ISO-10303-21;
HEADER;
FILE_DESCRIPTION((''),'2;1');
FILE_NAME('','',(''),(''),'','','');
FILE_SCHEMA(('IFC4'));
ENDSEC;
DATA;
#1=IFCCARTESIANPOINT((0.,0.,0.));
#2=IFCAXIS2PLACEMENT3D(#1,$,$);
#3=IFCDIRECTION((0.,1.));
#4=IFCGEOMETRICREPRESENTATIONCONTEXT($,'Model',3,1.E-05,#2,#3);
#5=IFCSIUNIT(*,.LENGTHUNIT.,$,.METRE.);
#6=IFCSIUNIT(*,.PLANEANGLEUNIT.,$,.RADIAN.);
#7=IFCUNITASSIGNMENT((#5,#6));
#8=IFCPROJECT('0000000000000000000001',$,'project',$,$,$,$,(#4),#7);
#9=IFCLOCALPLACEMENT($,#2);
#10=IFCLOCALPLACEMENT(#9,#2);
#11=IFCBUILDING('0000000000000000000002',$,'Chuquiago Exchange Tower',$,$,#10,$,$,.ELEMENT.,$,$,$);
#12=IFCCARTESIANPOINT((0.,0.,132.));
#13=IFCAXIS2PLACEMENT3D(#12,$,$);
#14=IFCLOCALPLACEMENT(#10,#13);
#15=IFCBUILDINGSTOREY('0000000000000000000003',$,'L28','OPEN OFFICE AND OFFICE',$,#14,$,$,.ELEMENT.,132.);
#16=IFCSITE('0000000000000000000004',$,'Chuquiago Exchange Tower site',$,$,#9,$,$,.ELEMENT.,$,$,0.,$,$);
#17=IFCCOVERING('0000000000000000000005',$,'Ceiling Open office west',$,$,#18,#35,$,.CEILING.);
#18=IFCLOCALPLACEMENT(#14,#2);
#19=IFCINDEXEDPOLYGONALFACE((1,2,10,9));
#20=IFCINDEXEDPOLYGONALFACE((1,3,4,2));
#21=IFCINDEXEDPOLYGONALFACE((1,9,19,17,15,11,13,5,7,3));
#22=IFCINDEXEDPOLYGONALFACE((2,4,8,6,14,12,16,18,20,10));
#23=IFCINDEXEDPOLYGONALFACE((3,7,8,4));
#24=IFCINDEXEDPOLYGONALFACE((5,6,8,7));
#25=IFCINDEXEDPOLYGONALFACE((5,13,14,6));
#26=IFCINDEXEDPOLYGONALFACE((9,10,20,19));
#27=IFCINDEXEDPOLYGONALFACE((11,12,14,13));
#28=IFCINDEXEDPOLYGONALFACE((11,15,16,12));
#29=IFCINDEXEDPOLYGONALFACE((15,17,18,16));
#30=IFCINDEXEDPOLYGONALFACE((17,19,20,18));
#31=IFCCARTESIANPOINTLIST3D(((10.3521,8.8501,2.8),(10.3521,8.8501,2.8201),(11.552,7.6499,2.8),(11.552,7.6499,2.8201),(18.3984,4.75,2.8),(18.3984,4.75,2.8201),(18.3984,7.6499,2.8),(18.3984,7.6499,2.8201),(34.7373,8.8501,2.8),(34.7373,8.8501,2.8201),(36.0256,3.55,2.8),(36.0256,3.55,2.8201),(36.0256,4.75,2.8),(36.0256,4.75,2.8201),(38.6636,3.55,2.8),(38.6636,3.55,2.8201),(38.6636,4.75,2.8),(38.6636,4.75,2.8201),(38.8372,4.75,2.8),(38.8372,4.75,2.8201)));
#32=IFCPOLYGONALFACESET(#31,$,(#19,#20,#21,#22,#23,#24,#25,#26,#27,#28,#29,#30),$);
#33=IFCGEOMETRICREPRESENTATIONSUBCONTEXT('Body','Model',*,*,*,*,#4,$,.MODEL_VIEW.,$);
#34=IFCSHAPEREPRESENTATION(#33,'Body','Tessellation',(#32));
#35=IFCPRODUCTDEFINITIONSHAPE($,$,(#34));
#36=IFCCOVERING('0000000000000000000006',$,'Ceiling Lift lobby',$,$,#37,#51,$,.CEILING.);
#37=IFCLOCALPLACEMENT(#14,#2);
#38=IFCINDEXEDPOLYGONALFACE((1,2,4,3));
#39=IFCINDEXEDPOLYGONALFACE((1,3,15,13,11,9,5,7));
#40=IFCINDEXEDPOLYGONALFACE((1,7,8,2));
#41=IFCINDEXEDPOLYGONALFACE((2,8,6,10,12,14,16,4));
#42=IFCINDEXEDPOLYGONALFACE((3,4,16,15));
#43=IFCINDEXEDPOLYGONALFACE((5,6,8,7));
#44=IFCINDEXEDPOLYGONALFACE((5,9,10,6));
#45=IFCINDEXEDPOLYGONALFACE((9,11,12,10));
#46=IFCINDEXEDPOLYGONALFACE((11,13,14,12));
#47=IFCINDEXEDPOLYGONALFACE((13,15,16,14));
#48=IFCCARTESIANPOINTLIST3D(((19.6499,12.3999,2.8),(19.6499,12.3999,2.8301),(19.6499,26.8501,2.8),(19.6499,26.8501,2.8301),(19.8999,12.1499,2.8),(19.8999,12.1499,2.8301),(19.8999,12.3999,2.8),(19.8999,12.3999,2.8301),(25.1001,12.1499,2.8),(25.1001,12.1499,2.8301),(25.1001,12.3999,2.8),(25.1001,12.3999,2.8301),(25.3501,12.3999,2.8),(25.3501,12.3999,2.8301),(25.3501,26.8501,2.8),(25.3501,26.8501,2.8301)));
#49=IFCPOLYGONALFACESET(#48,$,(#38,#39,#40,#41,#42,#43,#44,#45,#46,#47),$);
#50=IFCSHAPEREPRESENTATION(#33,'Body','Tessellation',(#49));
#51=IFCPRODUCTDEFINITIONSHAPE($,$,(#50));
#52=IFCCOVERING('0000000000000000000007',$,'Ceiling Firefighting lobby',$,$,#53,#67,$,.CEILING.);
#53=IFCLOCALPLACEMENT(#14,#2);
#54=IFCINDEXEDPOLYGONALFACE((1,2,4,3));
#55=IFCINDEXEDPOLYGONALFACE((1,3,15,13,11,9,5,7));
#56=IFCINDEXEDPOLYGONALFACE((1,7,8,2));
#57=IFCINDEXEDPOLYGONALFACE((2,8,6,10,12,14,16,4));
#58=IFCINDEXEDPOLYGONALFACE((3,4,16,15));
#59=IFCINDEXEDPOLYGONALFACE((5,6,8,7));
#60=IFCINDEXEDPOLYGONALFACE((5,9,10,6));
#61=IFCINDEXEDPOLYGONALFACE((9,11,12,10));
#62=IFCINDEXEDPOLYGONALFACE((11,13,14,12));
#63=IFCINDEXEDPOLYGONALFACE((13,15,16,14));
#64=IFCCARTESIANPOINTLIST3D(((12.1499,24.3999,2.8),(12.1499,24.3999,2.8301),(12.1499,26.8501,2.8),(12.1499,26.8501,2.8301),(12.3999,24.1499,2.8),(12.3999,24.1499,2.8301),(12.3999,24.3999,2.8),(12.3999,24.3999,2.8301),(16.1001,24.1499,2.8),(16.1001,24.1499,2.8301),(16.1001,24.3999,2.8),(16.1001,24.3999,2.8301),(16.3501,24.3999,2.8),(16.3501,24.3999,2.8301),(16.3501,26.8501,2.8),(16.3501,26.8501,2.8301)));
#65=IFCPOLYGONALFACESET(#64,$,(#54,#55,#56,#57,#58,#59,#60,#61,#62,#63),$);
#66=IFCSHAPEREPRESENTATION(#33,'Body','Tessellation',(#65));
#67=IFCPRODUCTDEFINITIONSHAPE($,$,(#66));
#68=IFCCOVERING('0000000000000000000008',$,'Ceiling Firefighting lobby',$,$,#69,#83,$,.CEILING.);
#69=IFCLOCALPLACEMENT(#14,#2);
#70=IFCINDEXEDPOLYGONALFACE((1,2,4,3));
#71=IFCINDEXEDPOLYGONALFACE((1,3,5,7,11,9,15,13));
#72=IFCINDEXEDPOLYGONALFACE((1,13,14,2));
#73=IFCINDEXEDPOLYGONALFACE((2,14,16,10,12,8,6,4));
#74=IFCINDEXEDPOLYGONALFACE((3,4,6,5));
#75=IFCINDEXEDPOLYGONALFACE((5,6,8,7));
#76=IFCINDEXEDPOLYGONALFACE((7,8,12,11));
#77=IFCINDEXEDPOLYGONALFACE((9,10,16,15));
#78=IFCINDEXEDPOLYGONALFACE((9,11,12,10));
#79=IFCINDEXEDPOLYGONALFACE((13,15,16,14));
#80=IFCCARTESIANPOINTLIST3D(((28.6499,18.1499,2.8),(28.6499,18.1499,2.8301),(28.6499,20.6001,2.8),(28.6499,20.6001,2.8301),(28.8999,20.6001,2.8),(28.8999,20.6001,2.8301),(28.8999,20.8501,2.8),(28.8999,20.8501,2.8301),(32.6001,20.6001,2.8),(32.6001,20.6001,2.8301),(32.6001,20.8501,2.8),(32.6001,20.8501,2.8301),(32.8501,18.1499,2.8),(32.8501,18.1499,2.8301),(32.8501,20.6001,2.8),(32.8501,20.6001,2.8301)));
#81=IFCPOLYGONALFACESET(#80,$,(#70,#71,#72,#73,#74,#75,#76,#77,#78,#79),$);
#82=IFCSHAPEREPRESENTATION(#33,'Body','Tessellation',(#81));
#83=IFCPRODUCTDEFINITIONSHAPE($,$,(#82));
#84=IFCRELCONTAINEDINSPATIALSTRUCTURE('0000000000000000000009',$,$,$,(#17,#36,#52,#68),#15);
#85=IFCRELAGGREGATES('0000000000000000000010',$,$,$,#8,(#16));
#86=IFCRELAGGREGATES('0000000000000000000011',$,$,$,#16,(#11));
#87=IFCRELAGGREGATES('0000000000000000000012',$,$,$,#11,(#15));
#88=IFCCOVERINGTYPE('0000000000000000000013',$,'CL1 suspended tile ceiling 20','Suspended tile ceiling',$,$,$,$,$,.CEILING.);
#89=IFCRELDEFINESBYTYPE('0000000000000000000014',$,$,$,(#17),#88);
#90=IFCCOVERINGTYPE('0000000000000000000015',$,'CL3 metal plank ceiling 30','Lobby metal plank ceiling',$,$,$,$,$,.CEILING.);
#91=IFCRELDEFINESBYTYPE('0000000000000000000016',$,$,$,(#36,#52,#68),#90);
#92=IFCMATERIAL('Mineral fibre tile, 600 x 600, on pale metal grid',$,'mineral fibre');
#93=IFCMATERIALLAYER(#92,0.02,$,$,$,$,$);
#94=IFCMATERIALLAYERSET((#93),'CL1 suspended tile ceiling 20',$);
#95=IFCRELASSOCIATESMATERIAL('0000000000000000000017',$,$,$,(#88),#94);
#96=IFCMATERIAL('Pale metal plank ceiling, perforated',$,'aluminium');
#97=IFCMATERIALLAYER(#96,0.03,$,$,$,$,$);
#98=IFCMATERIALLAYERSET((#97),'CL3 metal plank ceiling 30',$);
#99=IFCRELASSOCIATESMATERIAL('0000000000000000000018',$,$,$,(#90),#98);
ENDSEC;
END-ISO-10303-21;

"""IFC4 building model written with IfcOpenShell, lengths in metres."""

from ifc_helpers import new_model, si_unit, direction, frame, origin, place, context, subcontext, project, spatial, polyline, outline, extrude, material, layer, layer_set, type_object, element, save


model = new_model("IFC4")

# Units and contexts
model_context = context("Model", 3, precision=1e-05, world=origin(), true_north=direction((0.0, 1.0)))
body_context = subcontext(model_context, "Body", "Model", "MODEL_VIEW")
ifc_project = project(units=[si_unit("LENGTHUNIT", "METRE"), si_unit("PLANEANGLEUNIT", "RADIAN")], contexts=[model_context])

# Site, building, storey
site_placement = place(None, origin())
site = spatial("IfcSite", under=ifc_project, at=site_placement, Name="Chuquiago Exchange Tower site", CompositionType="ELEMENT", RefElevation=0.0)
building_placement = place(site_placement, origin())
building = spatial("IfcBuilding", under=site, at=building_placement, Name="Chuquiago Exchange Tower", CompositionType="ELEMENT")
storey_placement = place(building_placement, frame((0.0, 0.0, 132.0)))
storey = spatial("IfcBuildingStorey", under=building, at=storey_placement, Name="L28", Description="OPEN OFFICE AND OFFICE", CompositionType="ELEMENT", Elevation=132.0)

# Coverings
ifc_material_1 = material(Name="Mineral fibre tile, 600 x 600, on pale metal grid", Category="mineral fibre")
ifc_layer_1 = layer(ifc_material_1, 0.02)
ifc_layer_set_1 = layer_set([ifc_layer_1], Name="CL1 suspended tile ceiling 20")
covering_type_1 = type_object("IfcCoveringType", Name="CL1 suspended tile ceiling 20", Description="Suspended tile ceiling", PredefinedType="CEILING", material=ifc_layer_set_1)
covering_1_placement = place(storey_placement, frame((0.0, 0.0, 2.8)))
element("IfcCovering", 1, at=covering_1_placement, inside=storey, type_object=covering_type_1, Name="Ceiling Open office west", PredefinedType="CEILING", context=body_context, shape_type="SweptSolid", body=[
    extrude(outline(polyline([(34.7373, 8.8501), (38.8372, 4.75), (38.6636, 4.75), (38.6636, 3.55), (36.0256, 3.55), (36.0256, 4.75), (18.3984, 4.75), (18.3984, 7.6499), (11.552, 7.6499), (10.3521, 8.8501), (34.7373, 8.8501)])), origin(), (0.0, 0.0, 1.0), 0.02),
])
ifc_material_2 = material(Name="Pale metal plank ceiling, perforated", Category="aluminium")
ifc_layer_2 = layer(ifc_material_2, 0.03)
ifc_layer_set_2 = layer_set([ifc_layer_2], Name="CL3 metal plank ceiling 30")
covering_type_2 = type_object("IfcCoveringType", Name="CL3 metal plank ceiling 30", Description="Lobby metal plank ceiling", PredefinedType="CEILING", material=ifc_layer_set_2)
covering_2_placement = place(storey_placement, frame((0.0, 0.0, 2.8)))
element("IfcCovering", 2, at=covering_2_placement, inside=storey, type_object=covering_type_2, Name="Ceiling Lift lobby", PredefinedType="CEILING", context=body_context, shape_type="SweptSolid", body=[
    extrude(outline(polyline([(19.8999, 12.1499), (19.8999, 12.3999), (19.6499, 12.3999), (19.6499, 26.8501), (25.3501, 26.8501), (25.3501, 12.3999), (25.1001, 12.3999), (25.1001, 12.1499), (19.8999, 12.1499)])), origin(), (0.0, 0.0, 1.0), 0.03),
])
covering_3_placement = place(storey_placement, frame((0.0, 0.0, 2.8)))
element("IfcCovering", 3, at=covering_3_placement, inside=storey, type_object=covering_type_2, Name="Ceiling Firefighting lobby", PredefinedType="CEILING", context=body_context, shape_type="SweptSolid", body=[
    extrude(outline(polyline([(12.3999, 24.1499), (12.3999, 24.3999), (12.1499, 24.3999), (12.1499, 26.8501), (16.3501, 26.8501), (16.3501, 24.3999), (16.1001, 24.3999), (16.1001, 24.1499), (12.3999, 24.1499)])), origin(), (0.0, 0.0, 1.0), 0.03),
])
covering_4_placement = place(storey_placement, frame((0.0, 0.0, 2.8)))
element("IfcCovering", 4, at=covering_4_placement, inside=storey, type_object=covering_type_2, Name="Ceiling Firefighting lobby", PredefinedType="CEILING", context=body_context, shape_type="SweptSolid", body=[
    extrude(outline(polyline([(28.6499, 18.1499), (28.6499, 20.6001), (28.8999, 20.6001), (28.8999, 20.8501), (32.6001, 20.8501), (32.6001, 20.6001), (32.8501, 20.6001), (32.8501, 18.1499), (28.6499, 18.1499)])), origin(), (0.0, 0.0, 1.0), 0.03),
])

save(model, "model.ifc")
